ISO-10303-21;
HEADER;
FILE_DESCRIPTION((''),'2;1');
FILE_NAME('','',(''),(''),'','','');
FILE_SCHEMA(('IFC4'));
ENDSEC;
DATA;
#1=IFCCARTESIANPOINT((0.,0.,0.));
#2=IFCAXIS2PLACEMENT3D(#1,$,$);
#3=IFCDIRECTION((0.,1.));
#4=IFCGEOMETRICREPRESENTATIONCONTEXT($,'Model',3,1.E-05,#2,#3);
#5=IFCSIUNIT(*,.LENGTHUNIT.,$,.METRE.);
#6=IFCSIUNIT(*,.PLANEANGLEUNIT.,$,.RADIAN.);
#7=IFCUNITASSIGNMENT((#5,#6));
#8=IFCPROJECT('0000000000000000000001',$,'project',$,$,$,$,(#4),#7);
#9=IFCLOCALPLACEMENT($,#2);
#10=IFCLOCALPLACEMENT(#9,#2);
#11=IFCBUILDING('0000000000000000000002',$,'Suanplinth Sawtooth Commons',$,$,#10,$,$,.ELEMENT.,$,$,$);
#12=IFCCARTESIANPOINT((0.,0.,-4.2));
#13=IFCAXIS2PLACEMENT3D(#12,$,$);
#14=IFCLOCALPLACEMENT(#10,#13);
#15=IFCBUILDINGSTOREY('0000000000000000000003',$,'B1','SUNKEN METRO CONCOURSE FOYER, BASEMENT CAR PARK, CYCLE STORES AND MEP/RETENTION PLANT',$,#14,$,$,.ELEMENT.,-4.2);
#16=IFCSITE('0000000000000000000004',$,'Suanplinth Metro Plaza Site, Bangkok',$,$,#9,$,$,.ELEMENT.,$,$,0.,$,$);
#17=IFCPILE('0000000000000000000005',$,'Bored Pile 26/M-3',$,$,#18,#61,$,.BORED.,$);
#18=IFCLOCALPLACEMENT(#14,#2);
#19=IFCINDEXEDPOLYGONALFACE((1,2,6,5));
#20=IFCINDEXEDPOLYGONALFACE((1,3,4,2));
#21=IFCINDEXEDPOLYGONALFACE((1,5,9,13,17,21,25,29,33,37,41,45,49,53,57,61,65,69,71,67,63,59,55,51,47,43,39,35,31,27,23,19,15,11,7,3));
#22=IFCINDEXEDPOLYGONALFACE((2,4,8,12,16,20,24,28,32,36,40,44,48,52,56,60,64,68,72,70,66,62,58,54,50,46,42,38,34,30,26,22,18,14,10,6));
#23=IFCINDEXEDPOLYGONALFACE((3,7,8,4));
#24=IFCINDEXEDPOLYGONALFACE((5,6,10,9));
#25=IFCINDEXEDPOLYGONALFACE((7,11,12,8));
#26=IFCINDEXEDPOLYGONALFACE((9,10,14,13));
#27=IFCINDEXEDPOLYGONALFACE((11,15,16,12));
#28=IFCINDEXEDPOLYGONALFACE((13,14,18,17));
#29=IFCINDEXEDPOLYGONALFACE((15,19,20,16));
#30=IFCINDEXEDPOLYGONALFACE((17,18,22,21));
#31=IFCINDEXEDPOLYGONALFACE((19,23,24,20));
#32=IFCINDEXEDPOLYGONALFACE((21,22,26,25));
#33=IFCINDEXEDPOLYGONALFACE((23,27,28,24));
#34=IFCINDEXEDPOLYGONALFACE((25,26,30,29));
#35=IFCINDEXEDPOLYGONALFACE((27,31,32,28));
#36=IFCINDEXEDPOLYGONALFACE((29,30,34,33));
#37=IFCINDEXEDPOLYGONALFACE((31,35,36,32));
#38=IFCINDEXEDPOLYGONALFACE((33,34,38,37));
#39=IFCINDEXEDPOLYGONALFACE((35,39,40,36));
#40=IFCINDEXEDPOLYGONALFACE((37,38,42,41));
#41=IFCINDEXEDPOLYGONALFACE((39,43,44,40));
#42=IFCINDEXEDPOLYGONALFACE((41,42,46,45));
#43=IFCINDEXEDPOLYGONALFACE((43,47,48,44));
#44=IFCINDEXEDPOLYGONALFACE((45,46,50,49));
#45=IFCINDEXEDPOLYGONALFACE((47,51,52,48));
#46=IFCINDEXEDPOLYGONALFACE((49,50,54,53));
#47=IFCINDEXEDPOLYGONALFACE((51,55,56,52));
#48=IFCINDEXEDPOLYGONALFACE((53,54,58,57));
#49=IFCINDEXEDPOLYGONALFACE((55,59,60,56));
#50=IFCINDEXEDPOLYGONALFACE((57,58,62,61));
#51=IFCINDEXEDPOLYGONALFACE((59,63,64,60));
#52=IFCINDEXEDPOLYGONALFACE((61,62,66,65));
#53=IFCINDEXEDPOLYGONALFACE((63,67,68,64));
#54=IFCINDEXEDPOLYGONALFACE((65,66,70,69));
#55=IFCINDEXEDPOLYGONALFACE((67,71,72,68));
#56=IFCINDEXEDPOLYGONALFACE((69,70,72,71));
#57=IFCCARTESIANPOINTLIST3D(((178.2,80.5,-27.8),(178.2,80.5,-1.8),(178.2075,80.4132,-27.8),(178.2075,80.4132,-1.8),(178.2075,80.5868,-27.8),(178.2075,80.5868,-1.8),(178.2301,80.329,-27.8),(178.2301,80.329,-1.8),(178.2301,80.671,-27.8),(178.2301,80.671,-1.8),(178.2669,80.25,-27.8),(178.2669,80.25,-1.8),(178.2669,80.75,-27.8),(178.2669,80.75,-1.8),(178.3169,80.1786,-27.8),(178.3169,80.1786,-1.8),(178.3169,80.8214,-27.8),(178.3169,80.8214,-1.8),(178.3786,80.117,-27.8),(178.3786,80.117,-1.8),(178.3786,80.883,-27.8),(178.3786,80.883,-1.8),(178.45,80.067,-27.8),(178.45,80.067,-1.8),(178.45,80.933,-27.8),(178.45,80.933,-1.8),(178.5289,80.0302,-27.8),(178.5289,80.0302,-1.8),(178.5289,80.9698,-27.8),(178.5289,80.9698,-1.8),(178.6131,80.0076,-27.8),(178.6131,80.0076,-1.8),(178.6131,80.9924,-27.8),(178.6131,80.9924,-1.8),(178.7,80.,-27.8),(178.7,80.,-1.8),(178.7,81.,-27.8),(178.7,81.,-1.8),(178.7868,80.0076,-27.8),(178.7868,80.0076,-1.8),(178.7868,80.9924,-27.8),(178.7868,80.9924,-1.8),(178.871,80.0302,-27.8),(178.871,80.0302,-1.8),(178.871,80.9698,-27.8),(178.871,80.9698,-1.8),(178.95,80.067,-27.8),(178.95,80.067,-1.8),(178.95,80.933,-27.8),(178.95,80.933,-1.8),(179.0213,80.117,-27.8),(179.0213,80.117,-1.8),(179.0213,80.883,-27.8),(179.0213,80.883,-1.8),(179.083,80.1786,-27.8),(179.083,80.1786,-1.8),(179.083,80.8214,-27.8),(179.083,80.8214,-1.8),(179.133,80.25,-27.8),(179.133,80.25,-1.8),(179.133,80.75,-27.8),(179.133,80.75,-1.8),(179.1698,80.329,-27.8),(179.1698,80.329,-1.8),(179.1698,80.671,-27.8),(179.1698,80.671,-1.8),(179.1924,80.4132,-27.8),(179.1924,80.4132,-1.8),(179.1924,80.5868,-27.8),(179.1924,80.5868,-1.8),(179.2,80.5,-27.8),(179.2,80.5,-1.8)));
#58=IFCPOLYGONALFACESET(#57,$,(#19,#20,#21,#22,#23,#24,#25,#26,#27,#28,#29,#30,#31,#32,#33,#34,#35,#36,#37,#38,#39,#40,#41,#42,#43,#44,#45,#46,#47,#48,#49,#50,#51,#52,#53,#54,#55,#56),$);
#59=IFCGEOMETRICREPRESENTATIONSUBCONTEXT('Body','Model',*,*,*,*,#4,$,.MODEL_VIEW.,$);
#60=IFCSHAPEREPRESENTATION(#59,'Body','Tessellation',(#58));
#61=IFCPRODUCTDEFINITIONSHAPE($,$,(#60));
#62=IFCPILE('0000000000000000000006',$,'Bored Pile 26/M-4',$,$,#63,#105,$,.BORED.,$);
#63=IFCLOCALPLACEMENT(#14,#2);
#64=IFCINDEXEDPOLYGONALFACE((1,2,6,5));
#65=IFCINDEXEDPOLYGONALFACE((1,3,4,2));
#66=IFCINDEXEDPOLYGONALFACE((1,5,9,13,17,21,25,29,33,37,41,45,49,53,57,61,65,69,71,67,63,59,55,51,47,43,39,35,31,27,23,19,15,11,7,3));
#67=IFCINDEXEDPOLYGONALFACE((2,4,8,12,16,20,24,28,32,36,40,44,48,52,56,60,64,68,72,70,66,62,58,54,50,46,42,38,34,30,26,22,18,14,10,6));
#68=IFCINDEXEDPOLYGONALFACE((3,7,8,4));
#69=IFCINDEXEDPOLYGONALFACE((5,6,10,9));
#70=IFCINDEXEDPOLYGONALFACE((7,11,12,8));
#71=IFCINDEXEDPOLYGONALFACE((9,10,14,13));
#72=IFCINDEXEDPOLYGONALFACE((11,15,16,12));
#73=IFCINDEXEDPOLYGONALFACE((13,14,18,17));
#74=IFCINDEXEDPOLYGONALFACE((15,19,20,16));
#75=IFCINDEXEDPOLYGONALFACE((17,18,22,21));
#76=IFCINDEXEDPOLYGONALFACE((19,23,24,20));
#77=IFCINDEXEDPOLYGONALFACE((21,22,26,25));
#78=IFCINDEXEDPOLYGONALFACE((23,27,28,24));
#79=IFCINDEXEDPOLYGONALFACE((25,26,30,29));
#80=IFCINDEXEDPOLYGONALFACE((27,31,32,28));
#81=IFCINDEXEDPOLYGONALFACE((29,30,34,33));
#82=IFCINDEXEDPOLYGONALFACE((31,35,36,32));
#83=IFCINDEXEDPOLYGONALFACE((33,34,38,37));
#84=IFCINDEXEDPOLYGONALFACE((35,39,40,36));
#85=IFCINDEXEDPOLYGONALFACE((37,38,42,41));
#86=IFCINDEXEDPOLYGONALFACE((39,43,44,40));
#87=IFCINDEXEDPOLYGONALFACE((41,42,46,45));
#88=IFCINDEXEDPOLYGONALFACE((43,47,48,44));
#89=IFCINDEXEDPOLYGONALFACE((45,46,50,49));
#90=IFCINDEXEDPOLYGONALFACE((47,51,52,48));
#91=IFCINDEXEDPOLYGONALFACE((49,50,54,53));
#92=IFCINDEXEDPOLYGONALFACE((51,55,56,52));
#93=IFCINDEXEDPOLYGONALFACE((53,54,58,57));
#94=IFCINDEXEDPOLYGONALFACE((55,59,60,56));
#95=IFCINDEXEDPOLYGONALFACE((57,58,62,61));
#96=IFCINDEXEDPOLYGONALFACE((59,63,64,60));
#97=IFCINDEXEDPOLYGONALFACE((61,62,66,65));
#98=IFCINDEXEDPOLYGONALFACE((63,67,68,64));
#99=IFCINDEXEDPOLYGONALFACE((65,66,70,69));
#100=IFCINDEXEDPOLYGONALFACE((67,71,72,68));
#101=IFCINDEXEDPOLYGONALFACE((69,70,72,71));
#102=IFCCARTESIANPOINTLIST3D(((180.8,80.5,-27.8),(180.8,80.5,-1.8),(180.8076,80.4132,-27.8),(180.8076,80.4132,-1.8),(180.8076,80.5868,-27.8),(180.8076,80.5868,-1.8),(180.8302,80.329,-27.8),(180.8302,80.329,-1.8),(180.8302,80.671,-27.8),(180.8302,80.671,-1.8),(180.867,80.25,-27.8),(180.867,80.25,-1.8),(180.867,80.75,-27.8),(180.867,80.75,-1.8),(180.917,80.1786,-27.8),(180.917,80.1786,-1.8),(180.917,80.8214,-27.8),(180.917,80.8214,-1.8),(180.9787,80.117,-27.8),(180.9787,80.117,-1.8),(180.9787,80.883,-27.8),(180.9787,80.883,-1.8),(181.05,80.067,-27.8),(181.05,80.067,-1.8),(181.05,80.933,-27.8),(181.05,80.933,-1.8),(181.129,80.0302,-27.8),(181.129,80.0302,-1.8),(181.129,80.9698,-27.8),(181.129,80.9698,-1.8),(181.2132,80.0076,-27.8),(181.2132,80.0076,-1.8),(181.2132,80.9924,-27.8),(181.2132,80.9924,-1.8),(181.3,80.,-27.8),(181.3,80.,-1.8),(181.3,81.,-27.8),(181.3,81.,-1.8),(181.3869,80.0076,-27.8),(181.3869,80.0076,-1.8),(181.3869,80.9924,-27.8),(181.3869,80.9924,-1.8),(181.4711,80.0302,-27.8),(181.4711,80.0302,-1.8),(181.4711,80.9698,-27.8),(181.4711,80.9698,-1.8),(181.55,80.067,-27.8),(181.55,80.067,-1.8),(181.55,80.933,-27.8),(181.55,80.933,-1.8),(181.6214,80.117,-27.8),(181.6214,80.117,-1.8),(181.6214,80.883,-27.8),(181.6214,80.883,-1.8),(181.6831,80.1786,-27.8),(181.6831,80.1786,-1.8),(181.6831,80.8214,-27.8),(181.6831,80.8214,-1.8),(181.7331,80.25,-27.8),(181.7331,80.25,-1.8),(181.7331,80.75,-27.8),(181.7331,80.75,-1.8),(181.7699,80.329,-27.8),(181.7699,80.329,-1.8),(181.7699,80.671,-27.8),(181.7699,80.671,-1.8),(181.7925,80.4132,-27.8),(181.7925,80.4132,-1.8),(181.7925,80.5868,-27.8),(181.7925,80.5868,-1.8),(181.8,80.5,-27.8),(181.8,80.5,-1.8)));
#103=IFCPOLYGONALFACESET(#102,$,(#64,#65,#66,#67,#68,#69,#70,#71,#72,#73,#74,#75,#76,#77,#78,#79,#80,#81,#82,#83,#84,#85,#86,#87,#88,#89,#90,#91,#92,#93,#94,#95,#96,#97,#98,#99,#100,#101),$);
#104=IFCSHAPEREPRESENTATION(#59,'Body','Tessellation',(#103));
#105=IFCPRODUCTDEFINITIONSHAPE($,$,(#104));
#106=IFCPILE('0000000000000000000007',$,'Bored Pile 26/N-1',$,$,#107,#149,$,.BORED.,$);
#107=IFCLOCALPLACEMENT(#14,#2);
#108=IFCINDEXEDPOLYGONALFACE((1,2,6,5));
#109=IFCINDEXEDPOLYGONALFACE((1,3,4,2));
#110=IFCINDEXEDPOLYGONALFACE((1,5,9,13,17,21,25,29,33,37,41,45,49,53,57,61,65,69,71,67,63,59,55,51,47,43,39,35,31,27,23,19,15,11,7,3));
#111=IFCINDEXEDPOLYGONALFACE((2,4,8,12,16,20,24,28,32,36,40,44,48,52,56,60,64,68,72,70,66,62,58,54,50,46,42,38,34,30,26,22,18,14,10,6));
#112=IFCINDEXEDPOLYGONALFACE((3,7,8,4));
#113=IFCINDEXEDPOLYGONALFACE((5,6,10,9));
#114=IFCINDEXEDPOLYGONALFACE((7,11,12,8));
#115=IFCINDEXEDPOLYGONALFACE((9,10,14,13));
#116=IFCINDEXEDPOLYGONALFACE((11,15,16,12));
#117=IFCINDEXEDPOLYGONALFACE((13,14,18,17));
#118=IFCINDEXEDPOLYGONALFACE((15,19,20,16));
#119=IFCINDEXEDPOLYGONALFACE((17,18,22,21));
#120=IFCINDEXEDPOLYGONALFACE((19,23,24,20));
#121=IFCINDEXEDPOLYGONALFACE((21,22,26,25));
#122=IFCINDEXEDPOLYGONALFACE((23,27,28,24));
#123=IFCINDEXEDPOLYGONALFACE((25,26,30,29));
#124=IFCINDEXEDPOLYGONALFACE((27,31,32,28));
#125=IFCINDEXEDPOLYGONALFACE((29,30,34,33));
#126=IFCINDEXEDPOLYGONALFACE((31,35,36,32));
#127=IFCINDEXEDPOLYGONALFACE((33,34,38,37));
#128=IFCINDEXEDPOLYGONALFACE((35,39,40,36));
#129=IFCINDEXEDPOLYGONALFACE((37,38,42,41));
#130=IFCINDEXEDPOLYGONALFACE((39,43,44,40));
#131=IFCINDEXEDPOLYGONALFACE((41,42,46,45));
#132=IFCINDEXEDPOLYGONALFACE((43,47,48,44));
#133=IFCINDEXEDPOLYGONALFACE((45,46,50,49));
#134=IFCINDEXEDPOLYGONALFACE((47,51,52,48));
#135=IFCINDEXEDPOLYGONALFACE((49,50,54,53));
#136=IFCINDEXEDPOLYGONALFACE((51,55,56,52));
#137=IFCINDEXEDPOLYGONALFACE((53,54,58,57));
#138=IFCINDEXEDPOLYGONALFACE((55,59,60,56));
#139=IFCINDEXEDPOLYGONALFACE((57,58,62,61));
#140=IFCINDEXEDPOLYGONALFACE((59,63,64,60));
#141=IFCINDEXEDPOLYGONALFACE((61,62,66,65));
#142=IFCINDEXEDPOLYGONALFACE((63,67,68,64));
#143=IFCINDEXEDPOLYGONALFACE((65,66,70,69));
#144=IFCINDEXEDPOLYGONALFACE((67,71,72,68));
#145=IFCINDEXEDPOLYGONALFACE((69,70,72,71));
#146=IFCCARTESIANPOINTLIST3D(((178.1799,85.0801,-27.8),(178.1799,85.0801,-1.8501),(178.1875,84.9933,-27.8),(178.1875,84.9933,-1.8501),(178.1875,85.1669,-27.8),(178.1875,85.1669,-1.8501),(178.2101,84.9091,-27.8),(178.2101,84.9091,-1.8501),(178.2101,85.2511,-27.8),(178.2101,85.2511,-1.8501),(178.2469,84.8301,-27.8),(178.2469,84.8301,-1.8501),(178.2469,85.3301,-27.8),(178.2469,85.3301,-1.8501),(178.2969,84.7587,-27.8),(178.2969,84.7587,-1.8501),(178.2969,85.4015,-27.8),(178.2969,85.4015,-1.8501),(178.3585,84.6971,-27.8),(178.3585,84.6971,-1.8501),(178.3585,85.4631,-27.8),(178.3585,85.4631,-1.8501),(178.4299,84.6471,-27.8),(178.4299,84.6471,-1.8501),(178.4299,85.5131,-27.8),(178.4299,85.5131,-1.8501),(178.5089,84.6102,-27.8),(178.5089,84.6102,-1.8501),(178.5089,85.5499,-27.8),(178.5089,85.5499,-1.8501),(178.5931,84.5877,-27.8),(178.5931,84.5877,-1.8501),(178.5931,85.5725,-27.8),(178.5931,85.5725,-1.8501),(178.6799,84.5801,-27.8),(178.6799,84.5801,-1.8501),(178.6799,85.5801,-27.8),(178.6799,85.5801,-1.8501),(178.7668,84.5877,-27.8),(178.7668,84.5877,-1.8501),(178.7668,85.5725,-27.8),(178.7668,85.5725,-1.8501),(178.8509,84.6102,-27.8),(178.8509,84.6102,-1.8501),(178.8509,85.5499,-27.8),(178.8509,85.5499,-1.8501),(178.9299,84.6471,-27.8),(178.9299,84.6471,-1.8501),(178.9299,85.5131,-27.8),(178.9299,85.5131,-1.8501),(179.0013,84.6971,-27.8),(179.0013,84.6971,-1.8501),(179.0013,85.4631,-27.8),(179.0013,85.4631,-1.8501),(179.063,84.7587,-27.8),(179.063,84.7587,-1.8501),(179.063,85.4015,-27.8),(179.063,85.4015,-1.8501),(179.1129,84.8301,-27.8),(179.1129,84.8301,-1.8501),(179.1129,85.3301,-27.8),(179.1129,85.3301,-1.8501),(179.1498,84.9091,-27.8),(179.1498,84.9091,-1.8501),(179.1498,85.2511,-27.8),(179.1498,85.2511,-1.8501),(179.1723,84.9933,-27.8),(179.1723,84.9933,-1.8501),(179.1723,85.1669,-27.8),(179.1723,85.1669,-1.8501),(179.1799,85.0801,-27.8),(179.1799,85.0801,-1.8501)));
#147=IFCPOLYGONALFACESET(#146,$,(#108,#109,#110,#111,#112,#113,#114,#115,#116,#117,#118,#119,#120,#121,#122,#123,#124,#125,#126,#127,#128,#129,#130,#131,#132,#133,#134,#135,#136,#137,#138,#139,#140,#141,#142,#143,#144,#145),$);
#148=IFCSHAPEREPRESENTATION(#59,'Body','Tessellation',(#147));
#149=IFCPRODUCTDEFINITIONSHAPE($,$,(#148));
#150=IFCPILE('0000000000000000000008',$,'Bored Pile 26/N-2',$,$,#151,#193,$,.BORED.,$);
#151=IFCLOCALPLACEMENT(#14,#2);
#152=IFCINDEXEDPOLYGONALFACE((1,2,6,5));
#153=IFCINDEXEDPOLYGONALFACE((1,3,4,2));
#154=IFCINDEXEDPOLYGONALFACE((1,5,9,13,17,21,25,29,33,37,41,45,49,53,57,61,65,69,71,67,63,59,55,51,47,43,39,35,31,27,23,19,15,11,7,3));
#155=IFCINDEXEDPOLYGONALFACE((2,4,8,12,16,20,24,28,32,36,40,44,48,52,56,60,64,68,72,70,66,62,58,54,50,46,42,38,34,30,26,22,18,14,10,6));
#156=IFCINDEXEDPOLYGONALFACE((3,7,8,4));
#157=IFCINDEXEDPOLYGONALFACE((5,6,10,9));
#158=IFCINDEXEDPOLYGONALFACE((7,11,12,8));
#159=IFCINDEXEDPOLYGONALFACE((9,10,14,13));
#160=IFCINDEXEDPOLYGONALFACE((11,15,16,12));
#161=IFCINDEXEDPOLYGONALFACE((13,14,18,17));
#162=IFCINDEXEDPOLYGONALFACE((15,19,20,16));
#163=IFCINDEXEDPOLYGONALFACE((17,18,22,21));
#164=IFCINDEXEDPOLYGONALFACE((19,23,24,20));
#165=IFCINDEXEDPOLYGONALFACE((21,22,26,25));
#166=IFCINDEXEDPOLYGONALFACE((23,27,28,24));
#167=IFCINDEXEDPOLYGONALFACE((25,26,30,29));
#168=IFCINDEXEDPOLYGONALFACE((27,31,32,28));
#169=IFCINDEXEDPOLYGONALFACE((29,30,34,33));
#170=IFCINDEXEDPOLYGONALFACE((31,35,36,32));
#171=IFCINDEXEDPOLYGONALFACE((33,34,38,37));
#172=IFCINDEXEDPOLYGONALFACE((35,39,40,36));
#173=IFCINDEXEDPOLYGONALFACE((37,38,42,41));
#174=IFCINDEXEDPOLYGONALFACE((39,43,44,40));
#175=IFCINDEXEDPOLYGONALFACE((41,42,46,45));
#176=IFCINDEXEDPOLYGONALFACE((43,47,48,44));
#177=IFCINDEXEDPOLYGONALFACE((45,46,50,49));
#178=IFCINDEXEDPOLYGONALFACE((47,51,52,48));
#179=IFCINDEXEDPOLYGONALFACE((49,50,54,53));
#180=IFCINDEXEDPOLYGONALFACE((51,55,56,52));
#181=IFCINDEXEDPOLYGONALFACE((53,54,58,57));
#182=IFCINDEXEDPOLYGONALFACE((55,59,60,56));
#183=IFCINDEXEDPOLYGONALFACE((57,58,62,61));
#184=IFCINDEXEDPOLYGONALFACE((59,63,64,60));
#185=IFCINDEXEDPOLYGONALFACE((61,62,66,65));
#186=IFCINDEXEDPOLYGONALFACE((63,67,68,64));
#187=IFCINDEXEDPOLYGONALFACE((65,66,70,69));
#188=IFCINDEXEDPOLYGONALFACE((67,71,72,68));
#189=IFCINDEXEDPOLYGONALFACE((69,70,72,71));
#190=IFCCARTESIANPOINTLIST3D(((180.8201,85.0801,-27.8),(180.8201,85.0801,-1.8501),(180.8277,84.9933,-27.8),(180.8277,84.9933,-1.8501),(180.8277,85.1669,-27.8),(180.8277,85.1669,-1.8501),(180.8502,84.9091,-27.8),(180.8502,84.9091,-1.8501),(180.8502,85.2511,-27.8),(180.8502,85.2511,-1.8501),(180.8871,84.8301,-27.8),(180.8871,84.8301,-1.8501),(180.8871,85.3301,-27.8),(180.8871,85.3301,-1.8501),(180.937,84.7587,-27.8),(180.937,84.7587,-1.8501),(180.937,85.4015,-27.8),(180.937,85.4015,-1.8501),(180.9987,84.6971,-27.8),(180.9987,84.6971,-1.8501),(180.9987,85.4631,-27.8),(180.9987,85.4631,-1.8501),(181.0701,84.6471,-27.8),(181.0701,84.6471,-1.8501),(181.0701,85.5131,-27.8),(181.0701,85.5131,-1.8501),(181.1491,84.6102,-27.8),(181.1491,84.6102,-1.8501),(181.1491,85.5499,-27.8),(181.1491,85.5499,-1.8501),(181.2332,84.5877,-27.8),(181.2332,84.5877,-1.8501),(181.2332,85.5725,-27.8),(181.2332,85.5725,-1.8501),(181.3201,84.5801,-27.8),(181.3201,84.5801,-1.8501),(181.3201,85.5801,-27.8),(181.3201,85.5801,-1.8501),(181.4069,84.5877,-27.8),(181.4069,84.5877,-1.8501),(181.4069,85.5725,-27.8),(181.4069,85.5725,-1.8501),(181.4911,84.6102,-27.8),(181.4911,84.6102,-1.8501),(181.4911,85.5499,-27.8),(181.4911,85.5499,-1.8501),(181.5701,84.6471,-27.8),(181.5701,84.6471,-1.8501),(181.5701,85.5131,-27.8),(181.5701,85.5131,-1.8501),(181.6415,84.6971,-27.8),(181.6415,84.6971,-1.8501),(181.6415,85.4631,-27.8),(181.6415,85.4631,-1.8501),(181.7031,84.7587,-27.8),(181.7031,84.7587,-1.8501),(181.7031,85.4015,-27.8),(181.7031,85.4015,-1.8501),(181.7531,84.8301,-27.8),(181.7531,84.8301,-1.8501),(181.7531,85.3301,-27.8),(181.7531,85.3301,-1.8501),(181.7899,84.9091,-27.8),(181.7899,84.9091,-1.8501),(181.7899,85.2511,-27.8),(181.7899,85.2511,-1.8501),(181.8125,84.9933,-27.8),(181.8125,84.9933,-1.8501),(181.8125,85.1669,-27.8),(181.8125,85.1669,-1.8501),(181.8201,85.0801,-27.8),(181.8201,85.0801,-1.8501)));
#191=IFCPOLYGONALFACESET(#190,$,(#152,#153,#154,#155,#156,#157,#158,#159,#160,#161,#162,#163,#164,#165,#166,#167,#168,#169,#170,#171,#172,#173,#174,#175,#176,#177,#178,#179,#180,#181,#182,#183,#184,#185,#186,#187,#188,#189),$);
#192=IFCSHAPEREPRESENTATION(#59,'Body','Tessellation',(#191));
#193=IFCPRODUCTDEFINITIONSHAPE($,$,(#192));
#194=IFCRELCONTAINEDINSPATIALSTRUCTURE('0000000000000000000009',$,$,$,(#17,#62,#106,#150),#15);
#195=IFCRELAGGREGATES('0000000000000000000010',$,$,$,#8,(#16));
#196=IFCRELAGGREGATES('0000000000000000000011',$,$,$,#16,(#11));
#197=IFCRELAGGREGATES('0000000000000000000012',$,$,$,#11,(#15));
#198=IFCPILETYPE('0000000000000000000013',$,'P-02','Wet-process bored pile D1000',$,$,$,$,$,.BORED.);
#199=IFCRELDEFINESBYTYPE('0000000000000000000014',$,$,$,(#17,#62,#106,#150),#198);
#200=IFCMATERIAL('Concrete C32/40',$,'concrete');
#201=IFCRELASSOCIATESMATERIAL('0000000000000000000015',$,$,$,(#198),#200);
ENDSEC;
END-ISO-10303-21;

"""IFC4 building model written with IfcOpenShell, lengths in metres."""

from ifc_helpers import new_model, si_unit, direction, frame, origin, origin_2d, place, context, subcontext, project, spatial, circle, extrude, material, material_profile, profile_set, type_object, element, save


model = new_model("IFC4")

# Units and contexts
model_context = context("Model", 3, precision=1e-05, world=origin(), true_north=direction((0.0, 1.0)))
body_context = subcontext(model_context, "Body", "Model", "MODEL_VIEW")
ifc_project = project(units=[si_unit("LENGTHUNIT", "METRE"), si_unit("PLANEANGLEUNIT", "RADIAN")], contexts=[model_context])

# Site, building, storey
site_placement = place(None, origin())
site = spatial("IfcSite", under=ifc_project, at=site_placement, Name="Suanplinth Metro Plaza Site, Bangkok", CompositionType="ELEMENT", RefElevation=0.0)
building_placement = place(site_placement, origin())
building = spatial("IfcBuilding", under=site, at=building_placement, Name="Suanplinth Sawtooth Commons", CompositionType="ELEMENT")
storey_placement = place(building_placement, frame((0.0, 0.0, -4.2)))
storey = spatial("IfcBuildingStorey", under=building, at=storey_placement, Name="B1", Description="SUNKEN METRO CONCOURSE FOYER, BASEMENT CAR PARK, CYCLE STORES AND MEP/RETENTION PLANT", CompositionType="ELEMENT", Elevation=-4.2)

# Piles
ifc_material_1 = material(Name="Concrete C32/40", Category="concrete")
ifc_material_profile_1 = material_profile(ifc_material_1, circle(Radius=0.5, at=origin_2d()), Name="PILE D1000")
ifc_profile_set_1 = profile_set([ifc_material_profile_1], Name="Concrete C32/40")
pile_type = type_object("IfcPileType", Name="P-02", Description="Wet-process bored pile D1000", PredefinedType="BORED", material=ifc_profile_set_1)
for number, where, z_axis, x_axis, name in (
    (1, (178.7, 80.5, -1.8), (0.0, 0.0, -1.0), (1.0, 0.0, 0.0), "Bored Pile 26/M-3"),
    (2, (181.3, 80.5, -1.8), (0.0, 0.0, -1.0), (1.0, 0.0, 0.0), "Bored Pile 26/M-4"),
):
    element("IfcPile", number, at=place(storey_placement, frame(where, z_axis=z_axis, x_axis=x_axis)), inside=storey, type_object=pile_type, Name=name, PredefinedType="BORED", context=body_context, shape_type="SweptSolid", body=[
        extrude(circle(Radius=0.5, at=origin_2d()), origin(), (0.0, 0.0, 1.0), 26.0),
    ])
for number, where, z_axis, x_axis, name in (
    (3, (178.6799, 85.0801, -1.8501), (0.0, 0.0, -1.0), (1.0, 0.0, 0.0), "Bored Pile 26/N-1"),
    (4, (181.3201, 85.0801, -1.8501), (0.0, 0.0, -1.0), (1.0, 0.0, 0.0), "Bored Pile 26/N-2"),
):
    element("IfcPile", number, at=place(storey_placement, frame(where, z_axis=z_axis, x_axis=x_axis)), inside=storey, type_object=pile_type, Name=name, PredefinedType="BORED", context=body_context, shape_type="SweptSolid", body=[
        extrude(circle(Radius=0.5, at=origin_2d()), origin(), (0.0, 0.0, 1.0), 25.95),
    ])

save(model, "model.ifc")
